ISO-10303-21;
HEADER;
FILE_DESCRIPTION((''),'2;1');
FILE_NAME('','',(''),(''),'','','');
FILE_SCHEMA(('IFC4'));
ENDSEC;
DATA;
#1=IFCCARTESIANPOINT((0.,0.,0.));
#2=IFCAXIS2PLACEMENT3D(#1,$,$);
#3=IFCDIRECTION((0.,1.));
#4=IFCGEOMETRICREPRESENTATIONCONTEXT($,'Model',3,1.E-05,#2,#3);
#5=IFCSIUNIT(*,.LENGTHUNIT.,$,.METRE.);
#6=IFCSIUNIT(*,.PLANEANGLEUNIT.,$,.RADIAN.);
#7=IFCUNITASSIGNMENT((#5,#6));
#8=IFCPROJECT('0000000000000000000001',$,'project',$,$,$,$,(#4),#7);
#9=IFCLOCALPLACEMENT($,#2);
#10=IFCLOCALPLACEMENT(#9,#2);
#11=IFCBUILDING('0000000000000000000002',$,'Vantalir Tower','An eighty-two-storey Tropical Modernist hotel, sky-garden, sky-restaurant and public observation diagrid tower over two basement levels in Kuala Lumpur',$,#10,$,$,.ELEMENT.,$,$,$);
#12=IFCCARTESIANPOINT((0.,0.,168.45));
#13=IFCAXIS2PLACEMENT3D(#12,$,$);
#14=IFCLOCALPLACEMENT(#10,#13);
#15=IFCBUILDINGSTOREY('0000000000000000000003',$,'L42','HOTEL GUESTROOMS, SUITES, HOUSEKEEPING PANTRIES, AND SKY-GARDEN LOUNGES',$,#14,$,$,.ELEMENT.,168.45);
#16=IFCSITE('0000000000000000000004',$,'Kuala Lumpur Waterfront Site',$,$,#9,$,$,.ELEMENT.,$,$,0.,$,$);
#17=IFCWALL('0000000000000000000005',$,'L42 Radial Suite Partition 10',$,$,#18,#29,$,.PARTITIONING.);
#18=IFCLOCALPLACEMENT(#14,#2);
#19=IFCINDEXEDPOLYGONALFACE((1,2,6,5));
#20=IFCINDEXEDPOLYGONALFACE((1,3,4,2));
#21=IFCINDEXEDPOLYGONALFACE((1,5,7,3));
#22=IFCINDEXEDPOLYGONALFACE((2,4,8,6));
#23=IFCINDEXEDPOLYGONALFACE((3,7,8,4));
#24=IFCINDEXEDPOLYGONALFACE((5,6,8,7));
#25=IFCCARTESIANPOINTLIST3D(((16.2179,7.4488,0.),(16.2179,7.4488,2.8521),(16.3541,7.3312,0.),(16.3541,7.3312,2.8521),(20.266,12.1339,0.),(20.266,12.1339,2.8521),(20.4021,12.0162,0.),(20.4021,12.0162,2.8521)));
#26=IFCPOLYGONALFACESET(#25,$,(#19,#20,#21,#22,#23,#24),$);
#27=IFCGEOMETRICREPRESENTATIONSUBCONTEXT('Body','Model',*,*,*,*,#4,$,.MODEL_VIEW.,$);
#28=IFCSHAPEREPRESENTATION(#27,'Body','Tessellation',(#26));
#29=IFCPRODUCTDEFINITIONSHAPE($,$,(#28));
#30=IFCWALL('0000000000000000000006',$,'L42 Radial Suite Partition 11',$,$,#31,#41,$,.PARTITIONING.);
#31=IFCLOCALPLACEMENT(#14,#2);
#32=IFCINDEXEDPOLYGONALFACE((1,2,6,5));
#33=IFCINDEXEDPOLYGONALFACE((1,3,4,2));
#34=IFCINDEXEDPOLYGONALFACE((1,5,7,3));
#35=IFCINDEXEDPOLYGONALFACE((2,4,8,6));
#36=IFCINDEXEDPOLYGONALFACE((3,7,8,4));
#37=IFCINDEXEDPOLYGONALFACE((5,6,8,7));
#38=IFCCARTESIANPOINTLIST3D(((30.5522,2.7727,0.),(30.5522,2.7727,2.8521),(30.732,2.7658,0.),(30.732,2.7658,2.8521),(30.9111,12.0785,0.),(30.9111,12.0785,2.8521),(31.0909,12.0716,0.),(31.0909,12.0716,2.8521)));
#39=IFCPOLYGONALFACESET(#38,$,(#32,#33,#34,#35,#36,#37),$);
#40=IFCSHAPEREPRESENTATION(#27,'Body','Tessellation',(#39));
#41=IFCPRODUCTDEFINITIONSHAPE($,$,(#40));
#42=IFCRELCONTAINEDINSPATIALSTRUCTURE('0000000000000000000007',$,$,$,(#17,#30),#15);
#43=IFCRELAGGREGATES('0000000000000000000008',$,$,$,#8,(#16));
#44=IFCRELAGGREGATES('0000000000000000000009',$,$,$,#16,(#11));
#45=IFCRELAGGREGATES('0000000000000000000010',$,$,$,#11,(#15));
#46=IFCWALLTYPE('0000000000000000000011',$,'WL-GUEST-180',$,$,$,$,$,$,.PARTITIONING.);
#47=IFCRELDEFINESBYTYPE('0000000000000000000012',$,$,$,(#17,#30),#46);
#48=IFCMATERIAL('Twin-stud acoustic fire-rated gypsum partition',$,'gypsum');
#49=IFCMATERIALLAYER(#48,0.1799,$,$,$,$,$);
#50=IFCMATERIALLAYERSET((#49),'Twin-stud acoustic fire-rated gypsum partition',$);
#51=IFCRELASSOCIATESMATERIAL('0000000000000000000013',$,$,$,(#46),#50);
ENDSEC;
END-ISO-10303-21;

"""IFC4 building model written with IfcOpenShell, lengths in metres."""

from ifc_helpers import new_model, si_unit, direction, frame, frame_2d, origin, place, context, subcontext, project, spatial, rectangle, extrude, material, layer, layer_set, type_object, element, save


model = new_model("IFC4")

# Units and contexts
model_context = context("Model", 3, precision=1e-05, world=origin(), true_north=direction((0.0, 1.0)))
body_context = subcontext(model_context, "Body", "Model", "MODEL_VIEW")
ifc_project = project(units=[si_unit("LENGTHUNIT", "METRE"), si_unit("PLANEANGLEUNIT", "RADIAN")], contexts=[model_context])

# Site, building, storey
site_placement = place(None, origin())
site = spatial("IfcSite", under=ifc_project, at=site_placement, Name="Kuala Lumpur Waterfront Site", CompositionType="ELEMENT", RefElevation=0.0)
building_placement = place(site_placement, origin())
building = spatial("IfcBuilding", under=site, at=building_placement, Name="Vantalir Tower", Description="An eighty-two-storey Tropical Modernist hotel, sky-garden, sky-restaurant and public observation diagrid tower over two basement levels in Kuala Lumpur", CompositionType="ELEMENT")
storey_placement = place(building_placement, frame((0.0, 0.0, 168.45)))
storey = spatial("IfcBuildingStorey", under=building, at=storey_placement, Name="L42", Description="HOTEL GUESTROOMS, SUITES, HOUSEKEEPING PANTRIES, AND SKY-GARDEN LOUNGES", CompositionType="ELEMENT", Elevation=168.45)

# Walls
ifc_material_1 = material(Name="Twin-stud acoustic fire-rated gypsum partition", Category="gypsum")
ifc_layer_1 = layer(ifc_material_1, 0.1799)
ifc_layer_set_1 = layer_set([ifc_layer_1], Name="Twin-stud acoustic fire-rated gypsum partition")
wall_type_1 = type_object("IfcWallType", Name="WL-GUEST-180", PredefinedType="PARTITIONING", material=ifc_layer_set_1)
wall_1_placement = place(storey_placement, frame((20.334, 12.075, 0.0), z_axis=(0.0, 0.0, 1.0), x_axis=(-0.653796, -0.75667, 0.0)))
element("IfcWall", 1, at=wall_1_placement, inside=storey, type_object=wall_type_1, Name="L42 Radial Suite Partition 10", PredefinedType="PARTITIONING", context=body_context, shape_type="SweptSolid", body=[
    extrude(rectangle(XDim=6.1917, YDim=0.1799, at=frame_2d((3.0957, 0.0))), origin(), (0.0, 0.0, 1.0), 2.8521),
])
wall_2_placement = place(storey_placement, frame((31.001, 12.075, 0.0), z_axis=(0.0, 0.0, 1.0), x_axis=(-0.038537, -0.999257, 0.0)))
element("IfcWall", 2, at=wall_2_placement, inside=storey, type_object=wall_type_1, Name="L42 Radial Suite Partition 11", PredefinedType="PARTITIONING", context=body_context, shape_type="SweptSolid", body=[
    extrude(rectangle(XDim=9.3127, YDim=0.1799, at=frame_2d((4.6562, 0.0))), origin(), (0.0, 0.0, 1.0), 2.8521),
])

save(model, "model.ifc")
